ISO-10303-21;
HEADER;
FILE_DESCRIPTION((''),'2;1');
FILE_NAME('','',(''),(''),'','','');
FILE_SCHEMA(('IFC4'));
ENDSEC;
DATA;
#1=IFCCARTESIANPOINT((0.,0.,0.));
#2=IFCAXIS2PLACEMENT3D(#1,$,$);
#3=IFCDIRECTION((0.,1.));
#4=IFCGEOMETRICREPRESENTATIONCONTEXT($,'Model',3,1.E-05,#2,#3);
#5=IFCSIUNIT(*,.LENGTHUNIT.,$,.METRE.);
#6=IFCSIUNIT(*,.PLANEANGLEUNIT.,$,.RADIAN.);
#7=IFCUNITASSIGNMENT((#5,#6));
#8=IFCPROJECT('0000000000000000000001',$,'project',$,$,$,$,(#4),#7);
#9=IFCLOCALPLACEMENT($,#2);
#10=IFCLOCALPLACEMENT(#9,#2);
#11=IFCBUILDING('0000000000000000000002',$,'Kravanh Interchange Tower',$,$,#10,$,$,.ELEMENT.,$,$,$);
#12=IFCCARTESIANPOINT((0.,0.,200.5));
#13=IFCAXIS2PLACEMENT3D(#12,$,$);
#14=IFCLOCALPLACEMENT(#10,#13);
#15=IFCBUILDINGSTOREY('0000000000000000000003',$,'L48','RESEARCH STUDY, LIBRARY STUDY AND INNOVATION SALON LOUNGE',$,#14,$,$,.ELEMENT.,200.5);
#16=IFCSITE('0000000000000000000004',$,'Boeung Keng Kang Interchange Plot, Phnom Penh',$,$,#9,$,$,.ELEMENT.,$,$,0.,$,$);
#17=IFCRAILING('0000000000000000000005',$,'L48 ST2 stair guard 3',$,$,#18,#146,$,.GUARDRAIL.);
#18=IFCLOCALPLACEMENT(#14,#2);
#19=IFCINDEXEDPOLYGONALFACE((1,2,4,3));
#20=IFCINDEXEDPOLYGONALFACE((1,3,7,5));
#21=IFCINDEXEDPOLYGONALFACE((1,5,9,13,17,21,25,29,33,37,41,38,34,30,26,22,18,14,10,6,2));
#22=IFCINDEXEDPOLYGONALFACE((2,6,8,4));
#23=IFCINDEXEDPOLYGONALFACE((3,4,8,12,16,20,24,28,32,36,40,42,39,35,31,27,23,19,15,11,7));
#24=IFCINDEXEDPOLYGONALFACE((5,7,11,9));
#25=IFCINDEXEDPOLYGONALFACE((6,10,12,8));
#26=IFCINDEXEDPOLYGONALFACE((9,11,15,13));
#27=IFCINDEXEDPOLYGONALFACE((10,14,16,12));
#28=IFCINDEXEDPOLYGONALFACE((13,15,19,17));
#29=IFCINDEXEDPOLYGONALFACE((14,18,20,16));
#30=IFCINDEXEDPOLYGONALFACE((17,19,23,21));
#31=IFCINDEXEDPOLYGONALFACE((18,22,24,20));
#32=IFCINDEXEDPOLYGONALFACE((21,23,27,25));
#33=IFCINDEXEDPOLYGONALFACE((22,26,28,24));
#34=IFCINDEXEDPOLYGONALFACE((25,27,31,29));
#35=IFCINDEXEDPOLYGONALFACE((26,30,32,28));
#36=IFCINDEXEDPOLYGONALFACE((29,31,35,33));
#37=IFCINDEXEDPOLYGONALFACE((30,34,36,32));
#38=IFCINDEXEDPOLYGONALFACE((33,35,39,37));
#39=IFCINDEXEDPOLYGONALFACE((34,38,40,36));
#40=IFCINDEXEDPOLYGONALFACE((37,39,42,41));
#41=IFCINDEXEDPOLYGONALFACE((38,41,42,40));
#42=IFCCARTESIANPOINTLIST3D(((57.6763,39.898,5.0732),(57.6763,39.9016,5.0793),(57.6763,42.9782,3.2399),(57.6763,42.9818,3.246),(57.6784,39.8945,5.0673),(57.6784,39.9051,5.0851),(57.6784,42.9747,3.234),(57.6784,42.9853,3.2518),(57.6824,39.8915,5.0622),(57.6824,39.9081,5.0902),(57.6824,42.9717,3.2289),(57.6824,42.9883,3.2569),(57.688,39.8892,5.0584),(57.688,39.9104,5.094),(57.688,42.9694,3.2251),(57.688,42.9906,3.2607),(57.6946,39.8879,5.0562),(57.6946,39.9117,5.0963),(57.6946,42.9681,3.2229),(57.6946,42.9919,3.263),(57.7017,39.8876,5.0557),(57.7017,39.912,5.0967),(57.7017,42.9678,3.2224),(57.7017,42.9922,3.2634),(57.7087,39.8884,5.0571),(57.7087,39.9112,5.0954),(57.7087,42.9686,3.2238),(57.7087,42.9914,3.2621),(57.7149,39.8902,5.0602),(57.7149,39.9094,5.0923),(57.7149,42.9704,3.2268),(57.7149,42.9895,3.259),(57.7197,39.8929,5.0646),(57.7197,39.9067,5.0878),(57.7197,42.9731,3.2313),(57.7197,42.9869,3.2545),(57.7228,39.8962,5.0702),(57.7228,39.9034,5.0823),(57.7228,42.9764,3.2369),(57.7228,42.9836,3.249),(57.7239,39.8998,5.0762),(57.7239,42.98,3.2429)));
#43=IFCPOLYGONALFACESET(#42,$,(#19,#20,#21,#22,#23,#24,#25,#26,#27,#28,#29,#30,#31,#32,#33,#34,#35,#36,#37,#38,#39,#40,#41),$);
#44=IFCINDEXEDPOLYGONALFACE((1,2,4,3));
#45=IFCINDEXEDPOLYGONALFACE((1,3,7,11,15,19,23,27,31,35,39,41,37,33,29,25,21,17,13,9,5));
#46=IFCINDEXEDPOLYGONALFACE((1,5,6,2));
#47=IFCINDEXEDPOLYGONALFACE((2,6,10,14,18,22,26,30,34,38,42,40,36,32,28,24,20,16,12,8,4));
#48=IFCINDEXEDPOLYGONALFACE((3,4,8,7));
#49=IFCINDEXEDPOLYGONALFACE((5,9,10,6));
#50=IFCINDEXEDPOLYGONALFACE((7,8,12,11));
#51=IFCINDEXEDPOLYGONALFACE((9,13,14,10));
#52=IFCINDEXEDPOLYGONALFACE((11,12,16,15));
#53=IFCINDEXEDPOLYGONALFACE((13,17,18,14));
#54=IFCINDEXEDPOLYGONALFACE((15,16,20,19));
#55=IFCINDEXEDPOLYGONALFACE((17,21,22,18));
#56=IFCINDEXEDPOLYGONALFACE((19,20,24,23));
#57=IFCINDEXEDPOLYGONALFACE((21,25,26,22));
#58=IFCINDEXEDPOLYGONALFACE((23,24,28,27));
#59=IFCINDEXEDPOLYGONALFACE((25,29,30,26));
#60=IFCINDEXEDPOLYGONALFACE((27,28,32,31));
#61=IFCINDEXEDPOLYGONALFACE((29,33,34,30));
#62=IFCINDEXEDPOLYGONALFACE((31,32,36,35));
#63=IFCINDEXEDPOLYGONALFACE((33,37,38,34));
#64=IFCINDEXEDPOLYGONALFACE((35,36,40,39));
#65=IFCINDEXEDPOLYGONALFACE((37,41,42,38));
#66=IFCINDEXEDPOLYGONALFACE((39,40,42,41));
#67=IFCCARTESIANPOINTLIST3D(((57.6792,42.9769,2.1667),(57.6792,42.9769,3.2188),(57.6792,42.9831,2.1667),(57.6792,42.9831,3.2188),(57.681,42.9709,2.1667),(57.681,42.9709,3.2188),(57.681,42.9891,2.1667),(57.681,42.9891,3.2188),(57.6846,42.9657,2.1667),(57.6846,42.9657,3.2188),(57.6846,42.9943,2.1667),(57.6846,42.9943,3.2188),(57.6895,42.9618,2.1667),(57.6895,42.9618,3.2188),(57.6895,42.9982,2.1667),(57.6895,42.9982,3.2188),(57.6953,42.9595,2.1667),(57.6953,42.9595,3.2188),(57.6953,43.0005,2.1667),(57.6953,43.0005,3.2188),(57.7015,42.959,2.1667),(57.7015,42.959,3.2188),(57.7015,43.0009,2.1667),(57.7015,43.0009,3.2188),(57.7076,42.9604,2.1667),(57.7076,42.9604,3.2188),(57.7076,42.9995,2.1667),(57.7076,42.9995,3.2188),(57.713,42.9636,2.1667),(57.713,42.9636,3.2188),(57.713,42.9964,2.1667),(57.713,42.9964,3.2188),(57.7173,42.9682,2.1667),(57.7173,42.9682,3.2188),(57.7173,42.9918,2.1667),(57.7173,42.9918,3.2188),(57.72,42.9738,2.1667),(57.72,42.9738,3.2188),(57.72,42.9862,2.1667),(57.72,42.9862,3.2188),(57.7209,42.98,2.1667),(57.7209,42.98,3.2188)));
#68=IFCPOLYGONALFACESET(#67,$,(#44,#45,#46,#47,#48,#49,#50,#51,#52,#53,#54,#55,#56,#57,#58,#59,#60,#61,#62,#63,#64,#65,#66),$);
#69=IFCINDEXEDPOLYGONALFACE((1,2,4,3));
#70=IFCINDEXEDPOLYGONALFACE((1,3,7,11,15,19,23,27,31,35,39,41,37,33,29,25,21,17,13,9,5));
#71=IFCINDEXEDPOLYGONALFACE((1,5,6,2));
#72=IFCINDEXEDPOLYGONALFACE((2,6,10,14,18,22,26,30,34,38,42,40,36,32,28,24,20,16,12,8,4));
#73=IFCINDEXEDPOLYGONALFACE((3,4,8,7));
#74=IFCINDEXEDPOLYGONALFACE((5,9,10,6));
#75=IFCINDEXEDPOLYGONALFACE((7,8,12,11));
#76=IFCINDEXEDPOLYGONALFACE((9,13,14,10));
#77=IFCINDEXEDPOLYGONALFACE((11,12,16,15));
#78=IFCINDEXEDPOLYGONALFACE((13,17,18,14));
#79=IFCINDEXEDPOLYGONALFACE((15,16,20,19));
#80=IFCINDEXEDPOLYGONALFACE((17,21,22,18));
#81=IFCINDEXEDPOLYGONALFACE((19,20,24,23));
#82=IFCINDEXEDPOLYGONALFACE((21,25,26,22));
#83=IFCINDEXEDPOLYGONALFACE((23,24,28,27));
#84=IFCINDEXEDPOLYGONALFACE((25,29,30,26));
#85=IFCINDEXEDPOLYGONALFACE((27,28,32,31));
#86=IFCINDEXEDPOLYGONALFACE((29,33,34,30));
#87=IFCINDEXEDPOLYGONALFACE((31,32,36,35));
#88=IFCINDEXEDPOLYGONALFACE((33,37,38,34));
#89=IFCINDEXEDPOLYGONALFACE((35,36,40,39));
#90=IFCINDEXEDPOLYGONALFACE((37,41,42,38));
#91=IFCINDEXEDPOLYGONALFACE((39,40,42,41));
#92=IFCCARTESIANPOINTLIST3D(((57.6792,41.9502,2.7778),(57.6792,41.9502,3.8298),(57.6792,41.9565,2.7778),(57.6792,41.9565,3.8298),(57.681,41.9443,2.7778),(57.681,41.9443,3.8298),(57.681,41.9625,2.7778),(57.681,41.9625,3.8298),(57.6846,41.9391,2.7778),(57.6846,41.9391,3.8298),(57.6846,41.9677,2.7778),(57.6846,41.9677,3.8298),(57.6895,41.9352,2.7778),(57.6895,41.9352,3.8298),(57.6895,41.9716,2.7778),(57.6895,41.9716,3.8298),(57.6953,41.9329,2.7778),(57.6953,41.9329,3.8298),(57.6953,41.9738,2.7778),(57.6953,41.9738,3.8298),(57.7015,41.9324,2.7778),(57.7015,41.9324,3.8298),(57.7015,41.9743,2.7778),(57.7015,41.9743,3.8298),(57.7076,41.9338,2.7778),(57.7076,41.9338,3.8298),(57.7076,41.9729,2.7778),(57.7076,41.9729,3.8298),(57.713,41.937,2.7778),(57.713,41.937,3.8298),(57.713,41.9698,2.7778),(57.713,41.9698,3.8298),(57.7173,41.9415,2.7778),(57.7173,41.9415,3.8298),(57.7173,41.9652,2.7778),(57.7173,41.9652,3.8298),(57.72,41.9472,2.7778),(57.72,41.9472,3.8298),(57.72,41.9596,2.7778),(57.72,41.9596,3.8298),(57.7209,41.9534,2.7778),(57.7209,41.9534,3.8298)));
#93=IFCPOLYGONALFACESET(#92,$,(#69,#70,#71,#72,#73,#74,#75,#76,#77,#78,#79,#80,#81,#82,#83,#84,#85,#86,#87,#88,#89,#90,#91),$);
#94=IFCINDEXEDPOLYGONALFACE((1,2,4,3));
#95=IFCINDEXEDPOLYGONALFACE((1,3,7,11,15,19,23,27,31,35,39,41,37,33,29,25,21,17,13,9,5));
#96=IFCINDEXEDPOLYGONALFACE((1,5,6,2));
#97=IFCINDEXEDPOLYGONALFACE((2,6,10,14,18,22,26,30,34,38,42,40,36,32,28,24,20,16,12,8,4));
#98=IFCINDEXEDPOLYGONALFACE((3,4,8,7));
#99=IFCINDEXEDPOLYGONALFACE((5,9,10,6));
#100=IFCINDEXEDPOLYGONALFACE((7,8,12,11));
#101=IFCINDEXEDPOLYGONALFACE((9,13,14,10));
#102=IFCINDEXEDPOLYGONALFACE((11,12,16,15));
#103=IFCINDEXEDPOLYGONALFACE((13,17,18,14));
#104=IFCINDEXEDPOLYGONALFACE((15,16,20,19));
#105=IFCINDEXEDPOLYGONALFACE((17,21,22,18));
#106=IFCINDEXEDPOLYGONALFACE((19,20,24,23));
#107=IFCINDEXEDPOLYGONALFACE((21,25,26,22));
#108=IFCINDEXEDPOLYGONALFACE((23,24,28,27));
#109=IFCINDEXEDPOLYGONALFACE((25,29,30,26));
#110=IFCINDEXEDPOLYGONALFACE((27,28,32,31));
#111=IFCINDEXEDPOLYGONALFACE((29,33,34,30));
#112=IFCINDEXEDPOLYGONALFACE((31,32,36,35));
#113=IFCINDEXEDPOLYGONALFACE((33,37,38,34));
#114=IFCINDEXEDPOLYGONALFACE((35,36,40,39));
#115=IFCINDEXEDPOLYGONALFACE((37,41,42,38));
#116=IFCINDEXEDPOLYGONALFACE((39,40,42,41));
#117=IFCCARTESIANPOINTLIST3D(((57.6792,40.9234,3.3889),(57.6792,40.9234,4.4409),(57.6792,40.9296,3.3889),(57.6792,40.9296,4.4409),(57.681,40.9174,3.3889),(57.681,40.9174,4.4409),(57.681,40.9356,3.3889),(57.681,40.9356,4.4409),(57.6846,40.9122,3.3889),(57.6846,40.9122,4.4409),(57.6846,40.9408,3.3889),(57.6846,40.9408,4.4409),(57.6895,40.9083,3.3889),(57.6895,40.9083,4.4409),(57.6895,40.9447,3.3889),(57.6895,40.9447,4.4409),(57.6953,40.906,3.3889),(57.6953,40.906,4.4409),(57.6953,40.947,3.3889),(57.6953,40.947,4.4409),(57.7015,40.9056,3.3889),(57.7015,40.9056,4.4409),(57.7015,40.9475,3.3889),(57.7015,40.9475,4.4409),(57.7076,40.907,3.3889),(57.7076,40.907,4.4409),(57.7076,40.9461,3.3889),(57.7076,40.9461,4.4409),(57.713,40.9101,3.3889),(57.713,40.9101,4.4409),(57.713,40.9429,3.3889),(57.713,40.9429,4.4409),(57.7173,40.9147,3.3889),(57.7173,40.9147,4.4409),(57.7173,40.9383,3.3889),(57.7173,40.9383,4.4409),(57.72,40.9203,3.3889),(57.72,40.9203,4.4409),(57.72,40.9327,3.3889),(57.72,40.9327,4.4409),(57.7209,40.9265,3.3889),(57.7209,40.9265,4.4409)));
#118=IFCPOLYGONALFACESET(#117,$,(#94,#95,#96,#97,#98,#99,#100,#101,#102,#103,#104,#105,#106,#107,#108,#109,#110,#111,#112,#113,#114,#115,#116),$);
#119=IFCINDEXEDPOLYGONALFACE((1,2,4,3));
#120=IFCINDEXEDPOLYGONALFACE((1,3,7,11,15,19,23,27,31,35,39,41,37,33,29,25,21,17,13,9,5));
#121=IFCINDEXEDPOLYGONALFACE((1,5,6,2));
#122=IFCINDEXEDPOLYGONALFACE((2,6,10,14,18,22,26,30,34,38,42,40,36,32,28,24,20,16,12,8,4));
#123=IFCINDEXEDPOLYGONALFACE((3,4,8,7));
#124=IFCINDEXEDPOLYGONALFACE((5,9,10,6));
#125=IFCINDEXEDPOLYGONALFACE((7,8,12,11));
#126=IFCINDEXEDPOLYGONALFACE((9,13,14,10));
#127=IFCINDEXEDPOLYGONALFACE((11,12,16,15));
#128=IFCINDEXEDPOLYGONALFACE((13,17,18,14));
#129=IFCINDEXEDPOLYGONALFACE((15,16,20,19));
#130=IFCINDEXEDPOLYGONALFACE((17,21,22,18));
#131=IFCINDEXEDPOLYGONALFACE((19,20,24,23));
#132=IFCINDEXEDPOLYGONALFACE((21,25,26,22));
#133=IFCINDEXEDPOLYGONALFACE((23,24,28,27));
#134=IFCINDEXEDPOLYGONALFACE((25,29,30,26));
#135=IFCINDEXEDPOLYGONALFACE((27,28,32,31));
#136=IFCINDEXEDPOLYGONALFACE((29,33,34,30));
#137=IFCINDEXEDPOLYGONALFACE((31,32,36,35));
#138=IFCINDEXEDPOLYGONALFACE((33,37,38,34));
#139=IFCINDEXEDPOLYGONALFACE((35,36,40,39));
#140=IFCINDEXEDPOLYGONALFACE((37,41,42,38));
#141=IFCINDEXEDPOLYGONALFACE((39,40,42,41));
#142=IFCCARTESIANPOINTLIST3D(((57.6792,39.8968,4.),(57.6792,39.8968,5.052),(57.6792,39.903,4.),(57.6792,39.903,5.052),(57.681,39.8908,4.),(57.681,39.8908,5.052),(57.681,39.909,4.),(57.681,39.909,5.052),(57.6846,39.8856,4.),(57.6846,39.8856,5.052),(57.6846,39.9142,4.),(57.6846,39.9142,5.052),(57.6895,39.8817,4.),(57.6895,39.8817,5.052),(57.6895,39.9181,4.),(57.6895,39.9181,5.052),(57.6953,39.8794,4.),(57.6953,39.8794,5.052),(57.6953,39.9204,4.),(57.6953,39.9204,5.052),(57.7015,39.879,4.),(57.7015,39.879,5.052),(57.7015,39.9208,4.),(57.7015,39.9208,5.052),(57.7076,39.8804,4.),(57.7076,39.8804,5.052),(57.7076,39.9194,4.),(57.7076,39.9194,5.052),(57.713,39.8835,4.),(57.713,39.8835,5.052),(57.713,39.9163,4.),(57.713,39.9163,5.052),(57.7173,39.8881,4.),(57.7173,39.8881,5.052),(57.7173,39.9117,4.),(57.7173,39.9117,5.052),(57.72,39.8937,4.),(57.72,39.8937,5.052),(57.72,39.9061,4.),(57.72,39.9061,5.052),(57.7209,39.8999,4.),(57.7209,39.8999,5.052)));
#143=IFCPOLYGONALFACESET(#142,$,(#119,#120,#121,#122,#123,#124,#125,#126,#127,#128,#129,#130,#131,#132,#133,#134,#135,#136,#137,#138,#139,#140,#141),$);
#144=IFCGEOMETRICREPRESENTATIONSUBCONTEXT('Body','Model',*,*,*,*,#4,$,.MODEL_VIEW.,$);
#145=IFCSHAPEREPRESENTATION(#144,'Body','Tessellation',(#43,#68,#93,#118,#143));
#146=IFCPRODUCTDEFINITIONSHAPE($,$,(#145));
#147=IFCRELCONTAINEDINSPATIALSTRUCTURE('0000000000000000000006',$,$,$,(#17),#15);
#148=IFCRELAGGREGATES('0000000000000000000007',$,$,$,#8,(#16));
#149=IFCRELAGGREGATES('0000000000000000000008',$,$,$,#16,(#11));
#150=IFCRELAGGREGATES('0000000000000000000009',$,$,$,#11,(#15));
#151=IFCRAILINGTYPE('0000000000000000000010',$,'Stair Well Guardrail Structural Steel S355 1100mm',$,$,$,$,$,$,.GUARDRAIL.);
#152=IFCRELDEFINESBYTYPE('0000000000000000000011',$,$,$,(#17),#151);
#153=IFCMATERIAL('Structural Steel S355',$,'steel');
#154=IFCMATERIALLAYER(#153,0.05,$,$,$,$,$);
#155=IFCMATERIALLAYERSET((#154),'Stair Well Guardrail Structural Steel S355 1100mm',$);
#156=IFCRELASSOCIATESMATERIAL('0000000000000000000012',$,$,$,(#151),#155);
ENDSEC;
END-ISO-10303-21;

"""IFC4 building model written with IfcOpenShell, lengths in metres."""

from ifc_helpers import new_model, si_unit, direction, frame, origin, origin_2d, place, context, subcontext, project, spatial, circle, extrude, material, layer, layer_set, type_object, element, save


model = new_model("IFC4")

# Units and contexts
model_context = context("Model", 3, precision=1e-05, world=origin(), true_north=direction((0.0, 1.0)))
body_context = subcontext(model_context, "Body", "Model", "MODEL_VIEW")
ifc_project = project(units=[si_unit("LENGTHUNIT", "METRE"), si_unit("PLANEANGLEUNIT", "RADIAN")], contexts=[model_context])

# Site, building, storey
site_placement = place(None, origin())
site = spatial("IfcSite", under=ifc_project, at=site_placement, Name="Boeung Keng Kang Interchange Plot, Phnom Penh", CompositionType="ELEMENT", RefElevation=0.0)
building_placement = place(site_placement, origin())
building = spatial("IfcBuilding", under=site, at=building_placement, Name="Kravanh Interchange Tower", CompositionType="ELEMENT")
storey_placement = place(building_placement, frame((0.0, 0.0, 200.5)))
storey = spatial("IfcBuildingStorey", under=building, at=storey_placement, Name="L48", Description="RESEARCH STUDY, LIBRARY STUDY AND INNOVATION SALON LOUNGE", CompositionType="ELEMENT", Elevation=200.5)

# Railing
ifc_material_1 = material(Name="Structural Steel S355", Category="steel")
ifc_layer_1 = layer(ifc_material_1, 0.05)
ifc_layer_set_1 = layer_set([ifc_layer_1], Name="Stair Well Guardrail Structural Steel S355 1100mm")
railing_type_1 = type_object("IfcRailingType", Name="Stair Well Guardrail Structural Steel S355 1100mm", PredefinedType="GUARDRAIL", material=ifc_layer_set_1)
railing_1_placement = place(storey_placement, frame((57.7, 42.98, 2.1667)))
element("IfcRailing", 1, at=railing_1_placement, inside=storey, type_object=railing_type_1, Name="L48 ST2 stair guard 3", PredefinedType="GUARDRAIL", context=body_context, shape_type="SweptSolid", body=[
    extrude(circle(Radius=0.0239, at=origin_2d()), frame((0.0, 0.0, 1.0762), z_axis=(0.0, -0.859309, 0.511458), x_axis=(1.0, 0.0, 0.0)), (0.0, 0.0, 1.0), 3.5845),
    extrude(circle(Radius=0.021, at=origin_2d()), origin(), (0.0, 0.0, 1.0), 1.052),
    extrude(circle(Radius=0.021, at=origin_2d()), frame((0.0, -1.0266, 0.6111)), (0.0, 0.0, 1.0), 1.052),
    extrude(circle(Radius=0.021, at=origin_2d()), frame((0.0, -2.0535, 1.2222)), (0.0, 0.0, 1.0), 1.052),
    extrude(circle(Radius=0.021, at=origin_2d()), frame((0.0, -3.0801, 1.8333)), (0.0, 0.0, 1.0), 1.052),
])

save(model, "model.ifc")
